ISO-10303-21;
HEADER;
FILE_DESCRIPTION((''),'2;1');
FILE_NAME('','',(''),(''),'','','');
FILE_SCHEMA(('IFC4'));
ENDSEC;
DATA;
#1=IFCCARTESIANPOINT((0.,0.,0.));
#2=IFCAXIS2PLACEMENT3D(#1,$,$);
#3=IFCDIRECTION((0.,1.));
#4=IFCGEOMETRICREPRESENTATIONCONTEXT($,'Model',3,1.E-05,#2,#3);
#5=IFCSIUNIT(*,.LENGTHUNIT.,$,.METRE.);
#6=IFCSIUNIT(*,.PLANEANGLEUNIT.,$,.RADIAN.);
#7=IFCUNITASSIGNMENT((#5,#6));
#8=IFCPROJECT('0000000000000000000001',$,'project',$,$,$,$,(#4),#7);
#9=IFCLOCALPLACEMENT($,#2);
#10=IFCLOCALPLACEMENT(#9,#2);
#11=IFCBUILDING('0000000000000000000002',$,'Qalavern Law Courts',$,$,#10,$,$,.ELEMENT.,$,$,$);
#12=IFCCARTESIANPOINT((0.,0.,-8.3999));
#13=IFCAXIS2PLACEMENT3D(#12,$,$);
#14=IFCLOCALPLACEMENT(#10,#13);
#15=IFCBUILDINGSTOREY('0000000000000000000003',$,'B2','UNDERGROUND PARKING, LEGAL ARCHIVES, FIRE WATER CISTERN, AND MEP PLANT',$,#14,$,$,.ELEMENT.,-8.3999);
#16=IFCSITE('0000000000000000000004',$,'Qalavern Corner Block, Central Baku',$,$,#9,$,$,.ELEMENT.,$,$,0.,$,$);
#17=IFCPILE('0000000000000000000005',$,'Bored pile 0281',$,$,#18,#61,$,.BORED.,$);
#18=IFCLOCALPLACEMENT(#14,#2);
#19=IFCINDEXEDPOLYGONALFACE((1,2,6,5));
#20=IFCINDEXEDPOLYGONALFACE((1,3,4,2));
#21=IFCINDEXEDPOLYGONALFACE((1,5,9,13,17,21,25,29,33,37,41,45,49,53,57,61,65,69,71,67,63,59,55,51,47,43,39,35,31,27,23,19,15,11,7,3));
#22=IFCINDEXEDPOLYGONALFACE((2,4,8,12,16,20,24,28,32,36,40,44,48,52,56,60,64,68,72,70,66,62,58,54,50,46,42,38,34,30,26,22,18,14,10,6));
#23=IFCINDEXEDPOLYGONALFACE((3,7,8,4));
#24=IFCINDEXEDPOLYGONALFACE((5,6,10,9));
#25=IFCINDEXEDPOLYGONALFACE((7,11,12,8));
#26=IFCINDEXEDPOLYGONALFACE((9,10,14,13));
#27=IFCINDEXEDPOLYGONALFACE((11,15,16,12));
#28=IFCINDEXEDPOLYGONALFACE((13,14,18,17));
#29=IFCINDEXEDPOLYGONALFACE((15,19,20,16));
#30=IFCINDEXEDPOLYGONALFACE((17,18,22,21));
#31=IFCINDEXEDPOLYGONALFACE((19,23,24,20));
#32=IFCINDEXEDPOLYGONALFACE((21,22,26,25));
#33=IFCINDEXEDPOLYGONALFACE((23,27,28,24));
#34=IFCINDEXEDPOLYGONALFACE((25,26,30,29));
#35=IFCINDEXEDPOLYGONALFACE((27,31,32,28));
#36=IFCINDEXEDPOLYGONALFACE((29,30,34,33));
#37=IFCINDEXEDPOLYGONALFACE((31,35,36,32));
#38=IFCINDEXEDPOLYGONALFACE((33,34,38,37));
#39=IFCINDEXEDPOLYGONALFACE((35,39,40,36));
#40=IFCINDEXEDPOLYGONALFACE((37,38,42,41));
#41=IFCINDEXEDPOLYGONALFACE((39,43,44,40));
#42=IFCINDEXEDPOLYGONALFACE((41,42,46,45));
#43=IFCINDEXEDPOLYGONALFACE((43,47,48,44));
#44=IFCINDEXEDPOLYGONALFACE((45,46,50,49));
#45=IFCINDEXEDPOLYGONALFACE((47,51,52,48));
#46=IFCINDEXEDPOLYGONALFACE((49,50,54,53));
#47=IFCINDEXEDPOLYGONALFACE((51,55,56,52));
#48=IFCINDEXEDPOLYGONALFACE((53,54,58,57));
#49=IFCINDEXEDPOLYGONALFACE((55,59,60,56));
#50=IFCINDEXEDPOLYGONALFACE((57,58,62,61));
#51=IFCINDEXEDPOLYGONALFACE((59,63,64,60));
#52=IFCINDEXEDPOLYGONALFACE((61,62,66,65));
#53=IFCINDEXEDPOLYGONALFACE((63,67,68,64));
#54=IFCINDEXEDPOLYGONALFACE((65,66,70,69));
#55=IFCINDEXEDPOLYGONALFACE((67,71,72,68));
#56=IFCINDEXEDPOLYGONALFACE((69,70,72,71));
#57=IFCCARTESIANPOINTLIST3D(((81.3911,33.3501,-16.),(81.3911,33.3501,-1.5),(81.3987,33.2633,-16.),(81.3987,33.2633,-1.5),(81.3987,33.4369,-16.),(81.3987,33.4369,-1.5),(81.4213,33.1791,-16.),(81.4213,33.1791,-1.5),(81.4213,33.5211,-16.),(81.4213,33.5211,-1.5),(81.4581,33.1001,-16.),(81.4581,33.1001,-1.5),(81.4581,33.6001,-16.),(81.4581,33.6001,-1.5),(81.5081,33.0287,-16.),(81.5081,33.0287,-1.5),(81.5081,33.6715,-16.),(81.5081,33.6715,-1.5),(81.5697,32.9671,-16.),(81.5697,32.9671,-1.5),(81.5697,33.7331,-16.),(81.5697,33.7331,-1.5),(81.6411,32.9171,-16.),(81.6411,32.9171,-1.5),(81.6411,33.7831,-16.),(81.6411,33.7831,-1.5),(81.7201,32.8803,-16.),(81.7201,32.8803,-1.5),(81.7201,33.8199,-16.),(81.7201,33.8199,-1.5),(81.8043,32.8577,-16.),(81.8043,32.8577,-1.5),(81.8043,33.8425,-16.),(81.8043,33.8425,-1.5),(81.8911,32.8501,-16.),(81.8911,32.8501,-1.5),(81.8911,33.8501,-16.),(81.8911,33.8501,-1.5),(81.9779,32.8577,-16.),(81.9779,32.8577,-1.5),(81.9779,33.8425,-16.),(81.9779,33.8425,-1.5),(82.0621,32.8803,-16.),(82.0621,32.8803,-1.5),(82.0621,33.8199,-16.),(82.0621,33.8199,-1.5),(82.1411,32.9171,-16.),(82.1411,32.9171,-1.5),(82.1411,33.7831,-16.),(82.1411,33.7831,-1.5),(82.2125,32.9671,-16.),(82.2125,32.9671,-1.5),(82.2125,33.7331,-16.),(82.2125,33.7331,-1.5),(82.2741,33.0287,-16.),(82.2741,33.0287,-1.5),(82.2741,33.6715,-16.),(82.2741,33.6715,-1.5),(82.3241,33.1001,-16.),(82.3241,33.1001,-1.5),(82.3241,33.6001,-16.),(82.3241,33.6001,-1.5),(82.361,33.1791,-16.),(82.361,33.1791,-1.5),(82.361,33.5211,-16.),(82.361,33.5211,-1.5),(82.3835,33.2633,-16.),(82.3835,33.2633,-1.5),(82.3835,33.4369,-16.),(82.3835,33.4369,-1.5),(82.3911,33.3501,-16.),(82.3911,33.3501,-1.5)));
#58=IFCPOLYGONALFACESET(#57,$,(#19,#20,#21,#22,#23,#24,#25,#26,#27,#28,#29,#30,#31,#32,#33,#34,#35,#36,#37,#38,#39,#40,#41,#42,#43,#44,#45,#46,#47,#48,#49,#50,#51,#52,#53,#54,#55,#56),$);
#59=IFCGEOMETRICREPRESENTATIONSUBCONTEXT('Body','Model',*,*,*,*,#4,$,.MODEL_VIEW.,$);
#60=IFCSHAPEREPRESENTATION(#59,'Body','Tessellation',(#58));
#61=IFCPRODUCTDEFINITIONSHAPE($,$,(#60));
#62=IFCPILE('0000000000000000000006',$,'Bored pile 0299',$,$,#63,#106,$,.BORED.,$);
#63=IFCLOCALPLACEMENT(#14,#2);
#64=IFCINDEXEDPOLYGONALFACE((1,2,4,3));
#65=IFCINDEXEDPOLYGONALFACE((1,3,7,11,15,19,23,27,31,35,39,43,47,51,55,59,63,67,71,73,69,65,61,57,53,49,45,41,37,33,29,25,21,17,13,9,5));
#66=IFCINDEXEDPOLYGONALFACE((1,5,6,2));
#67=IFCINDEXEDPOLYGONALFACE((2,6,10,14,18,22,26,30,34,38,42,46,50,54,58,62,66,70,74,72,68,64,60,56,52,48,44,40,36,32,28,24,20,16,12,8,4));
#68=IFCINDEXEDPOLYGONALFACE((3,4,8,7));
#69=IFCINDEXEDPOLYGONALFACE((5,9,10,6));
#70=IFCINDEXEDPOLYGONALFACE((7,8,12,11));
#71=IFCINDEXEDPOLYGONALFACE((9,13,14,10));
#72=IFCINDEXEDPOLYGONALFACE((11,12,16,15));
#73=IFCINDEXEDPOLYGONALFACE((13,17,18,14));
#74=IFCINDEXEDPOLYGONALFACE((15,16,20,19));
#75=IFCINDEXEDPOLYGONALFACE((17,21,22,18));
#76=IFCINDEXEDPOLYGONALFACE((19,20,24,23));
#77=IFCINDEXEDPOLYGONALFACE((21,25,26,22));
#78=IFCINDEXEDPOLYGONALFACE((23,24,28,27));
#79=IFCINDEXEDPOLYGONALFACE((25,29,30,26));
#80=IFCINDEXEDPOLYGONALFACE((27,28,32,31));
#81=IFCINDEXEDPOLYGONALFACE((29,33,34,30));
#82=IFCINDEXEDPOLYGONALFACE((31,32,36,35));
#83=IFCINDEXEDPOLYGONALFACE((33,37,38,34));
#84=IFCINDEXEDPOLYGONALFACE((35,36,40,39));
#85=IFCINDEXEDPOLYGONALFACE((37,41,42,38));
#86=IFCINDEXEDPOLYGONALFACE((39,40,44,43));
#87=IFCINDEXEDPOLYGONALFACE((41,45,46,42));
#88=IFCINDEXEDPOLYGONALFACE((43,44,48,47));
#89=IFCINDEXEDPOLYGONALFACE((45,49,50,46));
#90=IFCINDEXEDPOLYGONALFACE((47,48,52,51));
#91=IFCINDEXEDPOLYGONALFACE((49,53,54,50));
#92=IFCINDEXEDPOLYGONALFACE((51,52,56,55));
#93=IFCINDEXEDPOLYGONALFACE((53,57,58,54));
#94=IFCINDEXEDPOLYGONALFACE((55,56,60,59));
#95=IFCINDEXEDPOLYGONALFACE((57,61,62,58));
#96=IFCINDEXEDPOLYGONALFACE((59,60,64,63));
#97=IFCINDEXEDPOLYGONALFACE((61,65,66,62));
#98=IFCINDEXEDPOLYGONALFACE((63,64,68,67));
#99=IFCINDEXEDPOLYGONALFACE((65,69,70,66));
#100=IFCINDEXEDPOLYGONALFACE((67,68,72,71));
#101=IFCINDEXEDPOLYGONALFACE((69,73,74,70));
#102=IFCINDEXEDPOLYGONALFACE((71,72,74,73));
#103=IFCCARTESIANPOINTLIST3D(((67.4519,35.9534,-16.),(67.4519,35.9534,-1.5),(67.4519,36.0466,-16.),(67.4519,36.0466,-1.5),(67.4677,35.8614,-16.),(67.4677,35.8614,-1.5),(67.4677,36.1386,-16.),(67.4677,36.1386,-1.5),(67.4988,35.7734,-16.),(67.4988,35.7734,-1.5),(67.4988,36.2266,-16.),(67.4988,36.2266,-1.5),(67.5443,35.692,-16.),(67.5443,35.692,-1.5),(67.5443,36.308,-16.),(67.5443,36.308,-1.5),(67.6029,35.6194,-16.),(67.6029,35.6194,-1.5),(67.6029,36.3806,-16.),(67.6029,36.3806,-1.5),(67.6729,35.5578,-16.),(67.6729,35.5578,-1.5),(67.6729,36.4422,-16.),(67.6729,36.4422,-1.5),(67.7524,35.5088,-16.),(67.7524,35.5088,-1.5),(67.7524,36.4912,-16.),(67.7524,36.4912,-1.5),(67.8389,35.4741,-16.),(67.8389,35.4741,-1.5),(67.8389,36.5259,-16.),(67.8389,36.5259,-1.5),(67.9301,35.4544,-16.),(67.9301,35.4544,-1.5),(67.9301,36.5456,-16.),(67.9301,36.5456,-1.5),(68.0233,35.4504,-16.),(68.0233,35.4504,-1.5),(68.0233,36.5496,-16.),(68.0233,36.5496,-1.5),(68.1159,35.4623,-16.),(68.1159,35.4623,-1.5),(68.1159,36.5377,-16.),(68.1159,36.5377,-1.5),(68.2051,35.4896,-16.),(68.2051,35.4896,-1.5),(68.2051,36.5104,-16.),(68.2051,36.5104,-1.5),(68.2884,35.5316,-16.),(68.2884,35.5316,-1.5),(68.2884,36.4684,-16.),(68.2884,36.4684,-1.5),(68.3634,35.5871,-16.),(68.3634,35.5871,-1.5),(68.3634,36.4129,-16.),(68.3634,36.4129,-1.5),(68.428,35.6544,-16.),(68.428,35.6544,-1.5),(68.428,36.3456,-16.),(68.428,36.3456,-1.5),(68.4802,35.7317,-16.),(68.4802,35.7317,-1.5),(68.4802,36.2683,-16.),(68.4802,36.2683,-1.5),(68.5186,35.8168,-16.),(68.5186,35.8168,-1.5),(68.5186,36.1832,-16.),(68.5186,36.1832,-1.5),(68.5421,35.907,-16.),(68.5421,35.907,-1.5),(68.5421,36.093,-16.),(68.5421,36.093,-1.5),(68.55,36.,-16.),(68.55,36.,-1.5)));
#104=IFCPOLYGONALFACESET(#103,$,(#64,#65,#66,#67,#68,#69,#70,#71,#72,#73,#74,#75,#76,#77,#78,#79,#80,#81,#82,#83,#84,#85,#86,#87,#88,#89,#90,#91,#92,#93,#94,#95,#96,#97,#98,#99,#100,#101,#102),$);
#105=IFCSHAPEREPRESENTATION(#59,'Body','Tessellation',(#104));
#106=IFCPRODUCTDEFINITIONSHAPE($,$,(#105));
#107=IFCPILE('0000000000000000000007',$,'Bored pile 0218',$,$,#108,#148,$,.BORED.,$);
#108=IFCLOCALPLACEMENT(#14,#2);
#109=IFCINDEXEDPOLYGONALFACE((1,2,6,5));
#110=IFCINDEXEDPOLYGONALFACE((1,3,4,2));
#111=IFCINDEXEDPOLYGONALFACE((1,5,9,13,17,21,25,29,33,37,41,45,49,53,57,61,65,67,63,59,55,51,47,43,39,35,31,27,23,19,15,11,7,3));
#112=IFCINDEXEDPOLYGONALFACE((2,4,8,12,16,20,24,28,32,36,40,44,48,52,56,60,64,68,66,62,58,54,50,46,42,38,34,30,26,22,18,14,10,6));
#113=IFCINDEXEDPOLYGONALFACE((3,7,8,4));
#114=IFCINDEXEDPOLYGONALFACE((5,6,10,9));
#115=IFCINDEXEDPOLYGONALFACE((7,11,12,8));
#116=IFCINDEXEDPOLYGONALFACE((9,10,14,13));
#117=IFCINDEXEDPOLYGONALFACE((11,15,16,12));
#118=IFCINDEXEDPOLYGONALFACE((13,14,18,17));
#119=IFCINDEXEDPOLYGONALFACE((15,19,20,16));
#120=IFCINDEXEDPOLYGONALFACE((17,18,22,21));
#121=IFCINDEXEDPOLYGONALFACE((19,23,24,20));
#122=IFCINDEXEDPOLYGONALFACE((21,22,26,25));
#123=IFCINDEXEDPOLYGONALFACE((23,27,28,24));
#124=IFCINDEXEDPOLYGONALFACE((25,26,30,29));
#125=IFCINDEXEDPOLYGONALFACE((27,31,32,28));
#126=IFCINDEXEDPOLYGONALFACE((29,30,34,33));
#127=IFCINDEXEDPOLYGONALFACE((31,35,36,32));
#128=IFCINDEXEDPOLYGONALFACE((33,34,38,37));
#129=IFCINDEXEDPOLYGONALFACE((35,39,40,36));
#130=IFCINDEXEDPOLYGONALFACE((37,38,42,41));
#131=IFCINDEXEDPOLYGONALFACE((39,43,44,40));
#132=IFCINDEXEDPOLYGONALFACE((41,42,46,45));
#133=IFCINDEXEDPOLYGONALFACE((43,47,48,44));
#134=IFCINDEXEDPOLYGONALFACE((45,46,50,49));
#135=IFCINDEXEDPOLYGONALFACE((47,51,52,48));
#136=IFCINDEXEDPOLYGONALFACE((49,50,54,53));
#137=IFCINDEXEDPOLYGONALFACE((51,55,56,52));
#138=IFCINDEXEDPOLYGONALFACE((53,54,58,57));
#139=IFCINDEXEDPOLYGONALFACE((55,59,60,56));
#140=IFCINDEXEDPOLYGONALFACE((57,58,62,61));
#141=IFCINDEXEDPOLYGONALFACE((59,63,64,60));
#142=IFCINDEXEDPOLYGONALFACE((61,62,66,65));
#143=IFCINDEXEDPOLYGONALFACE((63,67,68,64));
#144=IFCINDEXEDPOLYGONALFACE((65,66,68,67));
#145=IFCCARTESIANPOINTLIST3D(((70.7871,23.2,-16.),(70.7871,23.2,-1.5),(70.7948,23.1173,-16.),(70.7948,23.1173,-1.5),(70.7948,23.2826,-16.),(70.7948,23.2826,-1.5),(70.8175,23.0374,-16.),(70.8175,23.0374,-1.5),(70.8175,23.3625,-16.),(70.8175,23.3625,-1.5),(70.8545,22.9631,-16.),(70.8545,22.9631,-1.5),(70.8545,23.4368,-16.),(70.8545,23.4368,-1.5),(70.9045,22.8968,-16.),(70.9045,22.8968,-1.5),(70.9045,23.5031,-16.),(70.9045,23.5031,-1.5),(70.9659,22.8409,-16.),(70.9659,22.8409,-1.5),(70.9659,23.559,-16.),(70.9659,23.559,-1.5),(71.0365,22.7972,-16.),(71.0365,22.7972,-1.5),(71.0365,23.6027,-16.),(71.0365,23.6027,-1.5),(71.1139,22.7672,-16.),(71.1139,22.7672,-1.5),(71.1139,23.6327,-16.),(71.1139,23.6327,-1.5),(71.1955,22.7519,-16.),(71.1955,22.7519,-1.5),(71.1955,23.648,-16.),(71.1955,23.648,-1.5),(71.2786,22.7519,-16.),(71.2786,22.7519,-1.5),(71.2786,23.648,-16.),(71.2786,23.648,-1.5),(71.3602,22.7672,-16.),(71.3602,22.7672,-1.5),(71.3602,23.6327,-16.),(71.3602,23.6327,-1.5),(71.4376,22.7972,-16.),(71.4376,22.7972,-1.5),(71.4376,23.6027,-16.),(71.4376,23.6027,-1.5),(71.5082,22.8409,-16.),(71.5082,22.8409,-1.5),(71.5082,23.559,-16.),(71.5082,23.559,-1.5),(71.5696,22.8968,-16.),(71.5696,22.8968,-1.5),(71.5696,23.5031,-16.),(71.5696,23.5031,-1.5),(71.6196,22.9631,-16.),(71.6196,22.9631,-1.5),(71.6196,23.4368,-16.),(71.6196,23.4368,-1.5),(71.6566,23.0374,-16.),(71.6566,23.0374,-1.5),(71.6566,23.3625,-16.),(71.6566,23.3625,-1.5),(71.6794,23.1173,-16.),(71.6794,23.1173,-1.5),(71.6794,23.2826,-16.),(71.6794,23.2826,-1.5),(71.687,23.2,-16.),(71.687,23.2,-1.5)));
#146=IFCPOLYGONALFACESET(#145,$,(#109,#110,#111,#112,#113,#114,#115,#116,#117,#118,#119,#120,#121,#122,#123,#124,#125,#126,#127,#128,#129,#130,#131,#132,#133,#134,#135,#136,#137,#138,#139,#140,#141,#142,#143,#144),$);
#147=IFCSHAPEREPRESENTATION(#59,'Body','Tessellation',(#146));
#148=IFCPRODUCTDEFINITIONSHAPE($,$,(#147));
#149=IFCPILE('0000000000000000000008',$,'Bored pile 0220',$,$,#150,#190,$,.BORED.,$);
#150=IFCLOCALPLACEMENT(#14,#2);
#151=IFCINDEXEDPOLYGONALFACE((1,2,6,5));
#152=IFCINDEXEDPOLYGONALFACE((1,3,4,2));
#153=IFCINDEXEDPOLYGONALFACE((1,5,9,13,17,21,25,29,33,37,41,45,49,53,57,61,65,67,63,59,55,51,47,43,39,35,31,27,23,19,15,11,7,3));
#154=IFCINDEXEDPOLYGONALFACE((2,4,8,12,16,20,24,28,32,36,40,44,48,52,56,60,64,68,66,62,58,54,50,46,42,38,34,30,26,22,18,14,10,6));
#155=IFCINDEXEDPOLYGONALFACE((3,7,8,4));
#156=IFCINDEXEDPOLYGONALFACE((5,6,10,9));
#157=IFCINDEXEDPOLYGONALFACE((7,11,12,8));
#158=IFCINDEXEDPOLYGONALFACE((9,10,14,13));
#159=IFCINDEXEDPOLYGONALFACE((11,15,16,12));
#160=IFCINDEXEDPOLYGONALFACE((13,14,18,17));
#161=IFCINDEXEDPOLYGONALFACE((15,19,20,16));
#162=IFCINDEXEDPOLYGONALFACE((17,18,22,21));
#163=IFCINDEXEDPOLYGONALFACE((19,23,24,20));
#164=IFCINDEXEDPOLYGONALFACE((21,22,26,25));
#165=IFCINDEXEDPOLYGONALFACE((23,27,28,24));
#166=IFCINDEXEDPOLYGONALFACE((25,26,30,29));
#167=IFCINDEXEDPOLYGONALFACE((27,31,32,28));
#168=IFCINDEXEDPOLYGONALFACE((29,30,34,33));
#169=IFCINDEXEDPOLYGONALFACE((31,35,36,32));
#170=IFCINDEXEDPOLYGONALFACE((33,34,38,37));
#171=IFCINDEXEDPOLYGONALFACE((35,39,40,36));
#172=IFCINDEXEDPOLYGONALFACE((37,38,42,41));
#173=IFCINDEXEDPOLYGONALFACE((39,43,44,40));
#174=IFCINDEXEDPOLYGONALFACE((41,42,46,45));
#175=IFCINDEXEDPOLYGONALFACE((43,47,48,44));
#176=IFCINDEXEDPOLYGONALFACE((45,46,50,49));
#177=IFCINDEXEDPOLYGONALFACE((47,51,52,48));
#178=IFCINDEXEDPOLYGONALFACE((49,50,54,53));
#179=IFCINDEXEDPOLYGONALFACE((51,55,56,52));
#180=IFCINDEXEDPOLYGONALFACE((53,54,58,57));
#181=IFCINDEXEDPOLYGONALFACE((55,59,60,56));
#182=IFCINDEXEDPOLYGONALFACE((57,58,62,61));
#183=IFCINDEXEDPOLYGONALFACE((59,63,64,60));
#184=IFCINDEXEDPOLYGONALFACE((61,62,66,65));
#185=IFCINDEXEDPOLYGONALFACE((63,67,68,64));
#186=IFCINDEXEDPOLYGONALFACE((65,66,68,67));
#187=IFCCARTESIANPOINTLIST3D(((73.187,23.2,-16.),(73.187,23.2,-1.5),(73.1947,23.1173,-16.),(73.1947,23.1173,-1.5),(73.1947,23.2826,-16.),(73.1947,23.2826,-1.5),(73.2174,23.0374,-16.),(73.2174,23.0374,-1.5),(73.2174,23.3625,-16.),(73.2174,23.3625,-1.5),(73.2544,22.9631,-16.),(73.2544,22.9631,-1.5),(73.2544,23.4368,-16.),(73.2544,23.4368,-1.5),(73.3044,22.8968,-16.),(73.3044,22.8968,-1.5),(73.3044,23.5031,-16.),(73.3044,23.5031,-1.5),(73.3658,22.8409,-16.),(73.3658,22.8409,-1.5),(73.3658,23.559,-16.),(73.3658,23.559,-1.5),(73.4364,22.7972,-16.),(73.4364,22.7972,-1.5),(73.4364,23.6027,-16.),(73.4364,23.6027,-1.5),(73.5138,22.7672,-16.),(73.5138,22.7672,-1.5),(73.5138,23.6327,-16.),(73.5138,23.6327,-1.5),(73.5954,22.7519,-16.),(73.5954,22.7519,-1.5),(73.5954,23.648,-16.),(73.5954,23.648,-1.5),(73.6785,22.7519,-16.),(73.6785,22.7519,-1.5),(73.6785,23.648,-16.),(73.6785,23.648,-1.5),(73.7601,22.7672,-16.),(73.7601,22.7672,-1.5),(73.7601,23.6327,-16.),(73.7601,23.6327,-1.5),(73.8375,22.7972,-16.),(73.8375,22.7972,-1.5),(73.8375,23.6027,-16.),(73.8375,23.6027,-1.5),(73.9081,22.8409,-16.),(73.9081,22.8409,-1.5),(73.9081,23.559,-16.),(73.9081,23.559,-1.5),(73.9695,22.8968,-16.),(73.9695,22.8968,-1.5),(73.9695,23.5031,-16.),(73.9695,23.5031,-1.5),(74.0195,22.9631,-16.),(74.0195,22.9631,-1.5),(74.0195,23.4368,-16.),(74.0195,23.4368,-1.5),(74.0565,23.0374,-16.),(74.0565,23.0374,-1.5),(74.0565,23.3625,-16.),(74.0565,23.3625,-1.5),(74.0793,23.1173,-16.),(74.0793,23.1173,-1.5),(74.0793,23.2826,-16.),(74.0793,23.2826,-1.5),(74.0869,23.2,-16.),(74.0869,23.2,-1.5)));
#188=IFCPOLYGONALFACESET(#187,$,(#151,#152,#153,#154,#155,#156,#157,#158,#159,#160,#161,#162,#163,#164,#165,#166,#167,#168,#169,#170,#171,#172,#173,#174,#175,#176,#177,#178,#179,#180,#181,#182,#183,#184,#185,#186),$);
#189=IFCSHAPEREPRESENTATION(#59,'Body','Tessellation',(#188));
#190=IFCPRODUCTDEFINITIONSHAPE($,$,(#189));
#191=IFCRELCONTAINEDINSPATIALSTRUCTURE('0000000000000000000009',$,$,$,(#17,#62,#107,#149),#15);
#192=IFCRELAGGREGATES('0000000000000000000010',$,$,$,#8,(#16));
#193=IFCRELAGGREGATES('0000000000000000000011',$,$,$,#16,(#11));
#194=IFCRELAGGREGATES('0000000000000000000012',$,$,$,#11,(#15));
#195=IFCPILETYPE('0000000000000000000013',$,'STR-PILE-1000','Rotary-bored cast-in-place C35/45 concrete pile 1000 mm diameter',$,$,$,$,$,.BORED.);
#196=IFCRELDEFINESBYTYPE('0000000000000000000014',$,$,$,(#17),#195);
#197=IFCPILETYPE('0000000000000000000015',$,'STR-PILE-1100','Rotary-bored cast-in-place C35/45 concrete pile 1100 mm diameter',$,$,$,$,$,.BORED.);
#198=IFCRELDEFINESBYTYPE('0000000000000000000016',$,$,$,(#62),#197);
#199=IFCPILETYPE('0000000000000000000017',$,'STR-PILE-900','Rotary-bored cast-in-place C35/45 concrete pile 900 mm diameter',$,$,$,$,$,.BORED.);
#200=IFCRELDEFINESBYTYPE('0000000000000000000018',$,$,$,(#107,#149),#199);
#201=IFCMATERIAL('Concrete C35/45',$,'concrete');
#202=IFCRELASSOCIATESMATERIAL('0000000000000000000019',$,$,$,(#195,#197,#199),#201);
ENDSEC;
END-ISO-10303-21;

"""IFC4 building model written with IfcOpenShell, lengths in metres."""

from ifc_helpers import new_model, si_unit, direction, frame, origin, origin_2d, place, context, subcontext, project, spatial, circle, extrude, material, material_profile, profile_set, type_object, element, save


model = new_model("IFC4")

# Units and contexts
model_context = context("Model", 3, precision=1e-05, world=origin(), true_north=direction((0.0, 1.0)))
body_context = subcontext(model_context, "Body", "Model", "MODEL_VIEW")
ifc_project = project(units=[si_unit("LENGTHUNIT", "METRE"), si_unit("PLANEANGLEUNIT", "RADIAN")], contexts=[model_context])

# Site, building, storey
site_placement = place(None, origin())
site = spatial("IfcSite", under=ifc_project, at=site_placement, Name="Qalavern Corner Block, Central Baku", CompositionType="ELEMENT", RefElevation=0.0)
building_placement = place(site_placement, origin())
building = spatial("IfcBuilding", under=site, at=building_placement, Name="Qalavern Law Courts", CompositionType="ELEMENT")
storey_placement = place(building_placement, frame((0.0, 0.0, -8.3999)))
storey = spatial("IfcBuildingStorey", under=building, at=storey_placement, Name="B2", Description="UNDERGROUND PARKING, LEGAL ARCHIVES, FIRE WATER CISTERN, AND MEP PLANT", CompositionType="ELEMENT", Elevation=-8.3999)

# Shared definitions
ifc_material_1 = material(Name="Concrete C35/45", Category="concrete")

# Piles
ifc_material_profile_1 = material_profile(ifc_material_1, circle(Radius=0.5, at=origin_2d()), Name="BORED PILE 1000")
ifc_profile_set_1 = profile_set([ifc_material_profile_1], Name="Concrete C35/45")
pile_type_1 = type_object("IfcPileType", Name="STR-PILE-1000", Description="Rotary-bored cast-in-place C35/45 concrete pile 1000 mm diameter", PredefinedType="BORED", material=ifc_profile_set_1)
for number, where, z_axis, x_axis, name in (
    (1, (81.8911, 33.3501, -1.5), (0.0, 0.0, -1.0), (1.0, 0.0, 0.0), "Bored pile 0281"),
):
    element("IfcPile", number, at=place(storey_placement, frame(where, z_axis=z_axis, x_axis=x_axis)), inside=storey, type_object=pile_type_1, Name=name, PredefinedType="BORED", context=body_context, shape_type="SweptSolid", body=[
        extrude(circle(Radius=0.5, at=origin_2d()), origin(), (0.0, 0.0, 1.0), 14.5),
    ])
ifc_material_profile_2 = material_profile(ifc_material_1, circle(Radius=0.55, at=origin_2d()), Name="BORED PILE 1100")
ifc_profile_set_2 = profile_set([ifc_material_profile_2], Name="Concrete C35/45")
pile_type_2 = type_object("IfcPileType", Name="STR-PILE-1100", Description="Rotary-bored cast-in-place C35/45 concrete pile 1100 mm diameter", PredefinedType="BORED", material=ifc_profile_set_2)
pile_placement = place(storey_placement, frame((68.0, 36.0, -1.5), z_axis=(0.0, 0.0, -1.0), x_axis=(1.0, 0.0, 0.0)))
element("IfcPile", 2, at=pile_placement, inside=storey, type_object=pile_type_2, Name="Bored pile 0299", PredefinedType="BORED", context=body_context, shape_type="SweptSolid", body=[
    extrude(circle(Radius=0.55, at=origin_2d()), origin(), (0.0, 0.0, 1.0), 14.5),
])
ifc_material_profile_3 = material_profile(ifc_material_1, circle(Radius=0.45, at=origin_2d()), Name="BORED PILE 900")
ifc_profile_set_3 = profile_set([ifc_material_profile_3], Name="Concrete C35/45")
pile_type_3 = type_object("IfcPileType", Name="STR-PILE-900", Description="Rotary-bored cast-in-place C35/45 concrete pile 900 mm diameter", PredefinedType="BORED", material=ifc_profile_set_3)
for number, where, z_axis, x_axis, name in (
    (3, (71.2371, 23.2, -1.5), (0.0, 0.0, -1.0), (1.0, 0.0, 0.0), "Bored pile 0218"),
    (4, (73.637, 23.2, -1.5), (0.0, 0.0, -1.0), (1.0, 0.0, 0.0), "Bored pile 0220"),
):
    element("IfcPile", number, at=place(storey_placement, frame(where, z_axis=z_axis, x_axis=x_axis)), inside=storey, type_object=pile_type_3, Name=name, PredefinedType="BORED", context=body_context, shape_type="SweptSolid", body=[
        extrude(circle(Radius=0.45, at=origin_2d()), origin(), (0.0, 0.0, 1.0), 14.5),
    ])

save(model, "model.ifc")
